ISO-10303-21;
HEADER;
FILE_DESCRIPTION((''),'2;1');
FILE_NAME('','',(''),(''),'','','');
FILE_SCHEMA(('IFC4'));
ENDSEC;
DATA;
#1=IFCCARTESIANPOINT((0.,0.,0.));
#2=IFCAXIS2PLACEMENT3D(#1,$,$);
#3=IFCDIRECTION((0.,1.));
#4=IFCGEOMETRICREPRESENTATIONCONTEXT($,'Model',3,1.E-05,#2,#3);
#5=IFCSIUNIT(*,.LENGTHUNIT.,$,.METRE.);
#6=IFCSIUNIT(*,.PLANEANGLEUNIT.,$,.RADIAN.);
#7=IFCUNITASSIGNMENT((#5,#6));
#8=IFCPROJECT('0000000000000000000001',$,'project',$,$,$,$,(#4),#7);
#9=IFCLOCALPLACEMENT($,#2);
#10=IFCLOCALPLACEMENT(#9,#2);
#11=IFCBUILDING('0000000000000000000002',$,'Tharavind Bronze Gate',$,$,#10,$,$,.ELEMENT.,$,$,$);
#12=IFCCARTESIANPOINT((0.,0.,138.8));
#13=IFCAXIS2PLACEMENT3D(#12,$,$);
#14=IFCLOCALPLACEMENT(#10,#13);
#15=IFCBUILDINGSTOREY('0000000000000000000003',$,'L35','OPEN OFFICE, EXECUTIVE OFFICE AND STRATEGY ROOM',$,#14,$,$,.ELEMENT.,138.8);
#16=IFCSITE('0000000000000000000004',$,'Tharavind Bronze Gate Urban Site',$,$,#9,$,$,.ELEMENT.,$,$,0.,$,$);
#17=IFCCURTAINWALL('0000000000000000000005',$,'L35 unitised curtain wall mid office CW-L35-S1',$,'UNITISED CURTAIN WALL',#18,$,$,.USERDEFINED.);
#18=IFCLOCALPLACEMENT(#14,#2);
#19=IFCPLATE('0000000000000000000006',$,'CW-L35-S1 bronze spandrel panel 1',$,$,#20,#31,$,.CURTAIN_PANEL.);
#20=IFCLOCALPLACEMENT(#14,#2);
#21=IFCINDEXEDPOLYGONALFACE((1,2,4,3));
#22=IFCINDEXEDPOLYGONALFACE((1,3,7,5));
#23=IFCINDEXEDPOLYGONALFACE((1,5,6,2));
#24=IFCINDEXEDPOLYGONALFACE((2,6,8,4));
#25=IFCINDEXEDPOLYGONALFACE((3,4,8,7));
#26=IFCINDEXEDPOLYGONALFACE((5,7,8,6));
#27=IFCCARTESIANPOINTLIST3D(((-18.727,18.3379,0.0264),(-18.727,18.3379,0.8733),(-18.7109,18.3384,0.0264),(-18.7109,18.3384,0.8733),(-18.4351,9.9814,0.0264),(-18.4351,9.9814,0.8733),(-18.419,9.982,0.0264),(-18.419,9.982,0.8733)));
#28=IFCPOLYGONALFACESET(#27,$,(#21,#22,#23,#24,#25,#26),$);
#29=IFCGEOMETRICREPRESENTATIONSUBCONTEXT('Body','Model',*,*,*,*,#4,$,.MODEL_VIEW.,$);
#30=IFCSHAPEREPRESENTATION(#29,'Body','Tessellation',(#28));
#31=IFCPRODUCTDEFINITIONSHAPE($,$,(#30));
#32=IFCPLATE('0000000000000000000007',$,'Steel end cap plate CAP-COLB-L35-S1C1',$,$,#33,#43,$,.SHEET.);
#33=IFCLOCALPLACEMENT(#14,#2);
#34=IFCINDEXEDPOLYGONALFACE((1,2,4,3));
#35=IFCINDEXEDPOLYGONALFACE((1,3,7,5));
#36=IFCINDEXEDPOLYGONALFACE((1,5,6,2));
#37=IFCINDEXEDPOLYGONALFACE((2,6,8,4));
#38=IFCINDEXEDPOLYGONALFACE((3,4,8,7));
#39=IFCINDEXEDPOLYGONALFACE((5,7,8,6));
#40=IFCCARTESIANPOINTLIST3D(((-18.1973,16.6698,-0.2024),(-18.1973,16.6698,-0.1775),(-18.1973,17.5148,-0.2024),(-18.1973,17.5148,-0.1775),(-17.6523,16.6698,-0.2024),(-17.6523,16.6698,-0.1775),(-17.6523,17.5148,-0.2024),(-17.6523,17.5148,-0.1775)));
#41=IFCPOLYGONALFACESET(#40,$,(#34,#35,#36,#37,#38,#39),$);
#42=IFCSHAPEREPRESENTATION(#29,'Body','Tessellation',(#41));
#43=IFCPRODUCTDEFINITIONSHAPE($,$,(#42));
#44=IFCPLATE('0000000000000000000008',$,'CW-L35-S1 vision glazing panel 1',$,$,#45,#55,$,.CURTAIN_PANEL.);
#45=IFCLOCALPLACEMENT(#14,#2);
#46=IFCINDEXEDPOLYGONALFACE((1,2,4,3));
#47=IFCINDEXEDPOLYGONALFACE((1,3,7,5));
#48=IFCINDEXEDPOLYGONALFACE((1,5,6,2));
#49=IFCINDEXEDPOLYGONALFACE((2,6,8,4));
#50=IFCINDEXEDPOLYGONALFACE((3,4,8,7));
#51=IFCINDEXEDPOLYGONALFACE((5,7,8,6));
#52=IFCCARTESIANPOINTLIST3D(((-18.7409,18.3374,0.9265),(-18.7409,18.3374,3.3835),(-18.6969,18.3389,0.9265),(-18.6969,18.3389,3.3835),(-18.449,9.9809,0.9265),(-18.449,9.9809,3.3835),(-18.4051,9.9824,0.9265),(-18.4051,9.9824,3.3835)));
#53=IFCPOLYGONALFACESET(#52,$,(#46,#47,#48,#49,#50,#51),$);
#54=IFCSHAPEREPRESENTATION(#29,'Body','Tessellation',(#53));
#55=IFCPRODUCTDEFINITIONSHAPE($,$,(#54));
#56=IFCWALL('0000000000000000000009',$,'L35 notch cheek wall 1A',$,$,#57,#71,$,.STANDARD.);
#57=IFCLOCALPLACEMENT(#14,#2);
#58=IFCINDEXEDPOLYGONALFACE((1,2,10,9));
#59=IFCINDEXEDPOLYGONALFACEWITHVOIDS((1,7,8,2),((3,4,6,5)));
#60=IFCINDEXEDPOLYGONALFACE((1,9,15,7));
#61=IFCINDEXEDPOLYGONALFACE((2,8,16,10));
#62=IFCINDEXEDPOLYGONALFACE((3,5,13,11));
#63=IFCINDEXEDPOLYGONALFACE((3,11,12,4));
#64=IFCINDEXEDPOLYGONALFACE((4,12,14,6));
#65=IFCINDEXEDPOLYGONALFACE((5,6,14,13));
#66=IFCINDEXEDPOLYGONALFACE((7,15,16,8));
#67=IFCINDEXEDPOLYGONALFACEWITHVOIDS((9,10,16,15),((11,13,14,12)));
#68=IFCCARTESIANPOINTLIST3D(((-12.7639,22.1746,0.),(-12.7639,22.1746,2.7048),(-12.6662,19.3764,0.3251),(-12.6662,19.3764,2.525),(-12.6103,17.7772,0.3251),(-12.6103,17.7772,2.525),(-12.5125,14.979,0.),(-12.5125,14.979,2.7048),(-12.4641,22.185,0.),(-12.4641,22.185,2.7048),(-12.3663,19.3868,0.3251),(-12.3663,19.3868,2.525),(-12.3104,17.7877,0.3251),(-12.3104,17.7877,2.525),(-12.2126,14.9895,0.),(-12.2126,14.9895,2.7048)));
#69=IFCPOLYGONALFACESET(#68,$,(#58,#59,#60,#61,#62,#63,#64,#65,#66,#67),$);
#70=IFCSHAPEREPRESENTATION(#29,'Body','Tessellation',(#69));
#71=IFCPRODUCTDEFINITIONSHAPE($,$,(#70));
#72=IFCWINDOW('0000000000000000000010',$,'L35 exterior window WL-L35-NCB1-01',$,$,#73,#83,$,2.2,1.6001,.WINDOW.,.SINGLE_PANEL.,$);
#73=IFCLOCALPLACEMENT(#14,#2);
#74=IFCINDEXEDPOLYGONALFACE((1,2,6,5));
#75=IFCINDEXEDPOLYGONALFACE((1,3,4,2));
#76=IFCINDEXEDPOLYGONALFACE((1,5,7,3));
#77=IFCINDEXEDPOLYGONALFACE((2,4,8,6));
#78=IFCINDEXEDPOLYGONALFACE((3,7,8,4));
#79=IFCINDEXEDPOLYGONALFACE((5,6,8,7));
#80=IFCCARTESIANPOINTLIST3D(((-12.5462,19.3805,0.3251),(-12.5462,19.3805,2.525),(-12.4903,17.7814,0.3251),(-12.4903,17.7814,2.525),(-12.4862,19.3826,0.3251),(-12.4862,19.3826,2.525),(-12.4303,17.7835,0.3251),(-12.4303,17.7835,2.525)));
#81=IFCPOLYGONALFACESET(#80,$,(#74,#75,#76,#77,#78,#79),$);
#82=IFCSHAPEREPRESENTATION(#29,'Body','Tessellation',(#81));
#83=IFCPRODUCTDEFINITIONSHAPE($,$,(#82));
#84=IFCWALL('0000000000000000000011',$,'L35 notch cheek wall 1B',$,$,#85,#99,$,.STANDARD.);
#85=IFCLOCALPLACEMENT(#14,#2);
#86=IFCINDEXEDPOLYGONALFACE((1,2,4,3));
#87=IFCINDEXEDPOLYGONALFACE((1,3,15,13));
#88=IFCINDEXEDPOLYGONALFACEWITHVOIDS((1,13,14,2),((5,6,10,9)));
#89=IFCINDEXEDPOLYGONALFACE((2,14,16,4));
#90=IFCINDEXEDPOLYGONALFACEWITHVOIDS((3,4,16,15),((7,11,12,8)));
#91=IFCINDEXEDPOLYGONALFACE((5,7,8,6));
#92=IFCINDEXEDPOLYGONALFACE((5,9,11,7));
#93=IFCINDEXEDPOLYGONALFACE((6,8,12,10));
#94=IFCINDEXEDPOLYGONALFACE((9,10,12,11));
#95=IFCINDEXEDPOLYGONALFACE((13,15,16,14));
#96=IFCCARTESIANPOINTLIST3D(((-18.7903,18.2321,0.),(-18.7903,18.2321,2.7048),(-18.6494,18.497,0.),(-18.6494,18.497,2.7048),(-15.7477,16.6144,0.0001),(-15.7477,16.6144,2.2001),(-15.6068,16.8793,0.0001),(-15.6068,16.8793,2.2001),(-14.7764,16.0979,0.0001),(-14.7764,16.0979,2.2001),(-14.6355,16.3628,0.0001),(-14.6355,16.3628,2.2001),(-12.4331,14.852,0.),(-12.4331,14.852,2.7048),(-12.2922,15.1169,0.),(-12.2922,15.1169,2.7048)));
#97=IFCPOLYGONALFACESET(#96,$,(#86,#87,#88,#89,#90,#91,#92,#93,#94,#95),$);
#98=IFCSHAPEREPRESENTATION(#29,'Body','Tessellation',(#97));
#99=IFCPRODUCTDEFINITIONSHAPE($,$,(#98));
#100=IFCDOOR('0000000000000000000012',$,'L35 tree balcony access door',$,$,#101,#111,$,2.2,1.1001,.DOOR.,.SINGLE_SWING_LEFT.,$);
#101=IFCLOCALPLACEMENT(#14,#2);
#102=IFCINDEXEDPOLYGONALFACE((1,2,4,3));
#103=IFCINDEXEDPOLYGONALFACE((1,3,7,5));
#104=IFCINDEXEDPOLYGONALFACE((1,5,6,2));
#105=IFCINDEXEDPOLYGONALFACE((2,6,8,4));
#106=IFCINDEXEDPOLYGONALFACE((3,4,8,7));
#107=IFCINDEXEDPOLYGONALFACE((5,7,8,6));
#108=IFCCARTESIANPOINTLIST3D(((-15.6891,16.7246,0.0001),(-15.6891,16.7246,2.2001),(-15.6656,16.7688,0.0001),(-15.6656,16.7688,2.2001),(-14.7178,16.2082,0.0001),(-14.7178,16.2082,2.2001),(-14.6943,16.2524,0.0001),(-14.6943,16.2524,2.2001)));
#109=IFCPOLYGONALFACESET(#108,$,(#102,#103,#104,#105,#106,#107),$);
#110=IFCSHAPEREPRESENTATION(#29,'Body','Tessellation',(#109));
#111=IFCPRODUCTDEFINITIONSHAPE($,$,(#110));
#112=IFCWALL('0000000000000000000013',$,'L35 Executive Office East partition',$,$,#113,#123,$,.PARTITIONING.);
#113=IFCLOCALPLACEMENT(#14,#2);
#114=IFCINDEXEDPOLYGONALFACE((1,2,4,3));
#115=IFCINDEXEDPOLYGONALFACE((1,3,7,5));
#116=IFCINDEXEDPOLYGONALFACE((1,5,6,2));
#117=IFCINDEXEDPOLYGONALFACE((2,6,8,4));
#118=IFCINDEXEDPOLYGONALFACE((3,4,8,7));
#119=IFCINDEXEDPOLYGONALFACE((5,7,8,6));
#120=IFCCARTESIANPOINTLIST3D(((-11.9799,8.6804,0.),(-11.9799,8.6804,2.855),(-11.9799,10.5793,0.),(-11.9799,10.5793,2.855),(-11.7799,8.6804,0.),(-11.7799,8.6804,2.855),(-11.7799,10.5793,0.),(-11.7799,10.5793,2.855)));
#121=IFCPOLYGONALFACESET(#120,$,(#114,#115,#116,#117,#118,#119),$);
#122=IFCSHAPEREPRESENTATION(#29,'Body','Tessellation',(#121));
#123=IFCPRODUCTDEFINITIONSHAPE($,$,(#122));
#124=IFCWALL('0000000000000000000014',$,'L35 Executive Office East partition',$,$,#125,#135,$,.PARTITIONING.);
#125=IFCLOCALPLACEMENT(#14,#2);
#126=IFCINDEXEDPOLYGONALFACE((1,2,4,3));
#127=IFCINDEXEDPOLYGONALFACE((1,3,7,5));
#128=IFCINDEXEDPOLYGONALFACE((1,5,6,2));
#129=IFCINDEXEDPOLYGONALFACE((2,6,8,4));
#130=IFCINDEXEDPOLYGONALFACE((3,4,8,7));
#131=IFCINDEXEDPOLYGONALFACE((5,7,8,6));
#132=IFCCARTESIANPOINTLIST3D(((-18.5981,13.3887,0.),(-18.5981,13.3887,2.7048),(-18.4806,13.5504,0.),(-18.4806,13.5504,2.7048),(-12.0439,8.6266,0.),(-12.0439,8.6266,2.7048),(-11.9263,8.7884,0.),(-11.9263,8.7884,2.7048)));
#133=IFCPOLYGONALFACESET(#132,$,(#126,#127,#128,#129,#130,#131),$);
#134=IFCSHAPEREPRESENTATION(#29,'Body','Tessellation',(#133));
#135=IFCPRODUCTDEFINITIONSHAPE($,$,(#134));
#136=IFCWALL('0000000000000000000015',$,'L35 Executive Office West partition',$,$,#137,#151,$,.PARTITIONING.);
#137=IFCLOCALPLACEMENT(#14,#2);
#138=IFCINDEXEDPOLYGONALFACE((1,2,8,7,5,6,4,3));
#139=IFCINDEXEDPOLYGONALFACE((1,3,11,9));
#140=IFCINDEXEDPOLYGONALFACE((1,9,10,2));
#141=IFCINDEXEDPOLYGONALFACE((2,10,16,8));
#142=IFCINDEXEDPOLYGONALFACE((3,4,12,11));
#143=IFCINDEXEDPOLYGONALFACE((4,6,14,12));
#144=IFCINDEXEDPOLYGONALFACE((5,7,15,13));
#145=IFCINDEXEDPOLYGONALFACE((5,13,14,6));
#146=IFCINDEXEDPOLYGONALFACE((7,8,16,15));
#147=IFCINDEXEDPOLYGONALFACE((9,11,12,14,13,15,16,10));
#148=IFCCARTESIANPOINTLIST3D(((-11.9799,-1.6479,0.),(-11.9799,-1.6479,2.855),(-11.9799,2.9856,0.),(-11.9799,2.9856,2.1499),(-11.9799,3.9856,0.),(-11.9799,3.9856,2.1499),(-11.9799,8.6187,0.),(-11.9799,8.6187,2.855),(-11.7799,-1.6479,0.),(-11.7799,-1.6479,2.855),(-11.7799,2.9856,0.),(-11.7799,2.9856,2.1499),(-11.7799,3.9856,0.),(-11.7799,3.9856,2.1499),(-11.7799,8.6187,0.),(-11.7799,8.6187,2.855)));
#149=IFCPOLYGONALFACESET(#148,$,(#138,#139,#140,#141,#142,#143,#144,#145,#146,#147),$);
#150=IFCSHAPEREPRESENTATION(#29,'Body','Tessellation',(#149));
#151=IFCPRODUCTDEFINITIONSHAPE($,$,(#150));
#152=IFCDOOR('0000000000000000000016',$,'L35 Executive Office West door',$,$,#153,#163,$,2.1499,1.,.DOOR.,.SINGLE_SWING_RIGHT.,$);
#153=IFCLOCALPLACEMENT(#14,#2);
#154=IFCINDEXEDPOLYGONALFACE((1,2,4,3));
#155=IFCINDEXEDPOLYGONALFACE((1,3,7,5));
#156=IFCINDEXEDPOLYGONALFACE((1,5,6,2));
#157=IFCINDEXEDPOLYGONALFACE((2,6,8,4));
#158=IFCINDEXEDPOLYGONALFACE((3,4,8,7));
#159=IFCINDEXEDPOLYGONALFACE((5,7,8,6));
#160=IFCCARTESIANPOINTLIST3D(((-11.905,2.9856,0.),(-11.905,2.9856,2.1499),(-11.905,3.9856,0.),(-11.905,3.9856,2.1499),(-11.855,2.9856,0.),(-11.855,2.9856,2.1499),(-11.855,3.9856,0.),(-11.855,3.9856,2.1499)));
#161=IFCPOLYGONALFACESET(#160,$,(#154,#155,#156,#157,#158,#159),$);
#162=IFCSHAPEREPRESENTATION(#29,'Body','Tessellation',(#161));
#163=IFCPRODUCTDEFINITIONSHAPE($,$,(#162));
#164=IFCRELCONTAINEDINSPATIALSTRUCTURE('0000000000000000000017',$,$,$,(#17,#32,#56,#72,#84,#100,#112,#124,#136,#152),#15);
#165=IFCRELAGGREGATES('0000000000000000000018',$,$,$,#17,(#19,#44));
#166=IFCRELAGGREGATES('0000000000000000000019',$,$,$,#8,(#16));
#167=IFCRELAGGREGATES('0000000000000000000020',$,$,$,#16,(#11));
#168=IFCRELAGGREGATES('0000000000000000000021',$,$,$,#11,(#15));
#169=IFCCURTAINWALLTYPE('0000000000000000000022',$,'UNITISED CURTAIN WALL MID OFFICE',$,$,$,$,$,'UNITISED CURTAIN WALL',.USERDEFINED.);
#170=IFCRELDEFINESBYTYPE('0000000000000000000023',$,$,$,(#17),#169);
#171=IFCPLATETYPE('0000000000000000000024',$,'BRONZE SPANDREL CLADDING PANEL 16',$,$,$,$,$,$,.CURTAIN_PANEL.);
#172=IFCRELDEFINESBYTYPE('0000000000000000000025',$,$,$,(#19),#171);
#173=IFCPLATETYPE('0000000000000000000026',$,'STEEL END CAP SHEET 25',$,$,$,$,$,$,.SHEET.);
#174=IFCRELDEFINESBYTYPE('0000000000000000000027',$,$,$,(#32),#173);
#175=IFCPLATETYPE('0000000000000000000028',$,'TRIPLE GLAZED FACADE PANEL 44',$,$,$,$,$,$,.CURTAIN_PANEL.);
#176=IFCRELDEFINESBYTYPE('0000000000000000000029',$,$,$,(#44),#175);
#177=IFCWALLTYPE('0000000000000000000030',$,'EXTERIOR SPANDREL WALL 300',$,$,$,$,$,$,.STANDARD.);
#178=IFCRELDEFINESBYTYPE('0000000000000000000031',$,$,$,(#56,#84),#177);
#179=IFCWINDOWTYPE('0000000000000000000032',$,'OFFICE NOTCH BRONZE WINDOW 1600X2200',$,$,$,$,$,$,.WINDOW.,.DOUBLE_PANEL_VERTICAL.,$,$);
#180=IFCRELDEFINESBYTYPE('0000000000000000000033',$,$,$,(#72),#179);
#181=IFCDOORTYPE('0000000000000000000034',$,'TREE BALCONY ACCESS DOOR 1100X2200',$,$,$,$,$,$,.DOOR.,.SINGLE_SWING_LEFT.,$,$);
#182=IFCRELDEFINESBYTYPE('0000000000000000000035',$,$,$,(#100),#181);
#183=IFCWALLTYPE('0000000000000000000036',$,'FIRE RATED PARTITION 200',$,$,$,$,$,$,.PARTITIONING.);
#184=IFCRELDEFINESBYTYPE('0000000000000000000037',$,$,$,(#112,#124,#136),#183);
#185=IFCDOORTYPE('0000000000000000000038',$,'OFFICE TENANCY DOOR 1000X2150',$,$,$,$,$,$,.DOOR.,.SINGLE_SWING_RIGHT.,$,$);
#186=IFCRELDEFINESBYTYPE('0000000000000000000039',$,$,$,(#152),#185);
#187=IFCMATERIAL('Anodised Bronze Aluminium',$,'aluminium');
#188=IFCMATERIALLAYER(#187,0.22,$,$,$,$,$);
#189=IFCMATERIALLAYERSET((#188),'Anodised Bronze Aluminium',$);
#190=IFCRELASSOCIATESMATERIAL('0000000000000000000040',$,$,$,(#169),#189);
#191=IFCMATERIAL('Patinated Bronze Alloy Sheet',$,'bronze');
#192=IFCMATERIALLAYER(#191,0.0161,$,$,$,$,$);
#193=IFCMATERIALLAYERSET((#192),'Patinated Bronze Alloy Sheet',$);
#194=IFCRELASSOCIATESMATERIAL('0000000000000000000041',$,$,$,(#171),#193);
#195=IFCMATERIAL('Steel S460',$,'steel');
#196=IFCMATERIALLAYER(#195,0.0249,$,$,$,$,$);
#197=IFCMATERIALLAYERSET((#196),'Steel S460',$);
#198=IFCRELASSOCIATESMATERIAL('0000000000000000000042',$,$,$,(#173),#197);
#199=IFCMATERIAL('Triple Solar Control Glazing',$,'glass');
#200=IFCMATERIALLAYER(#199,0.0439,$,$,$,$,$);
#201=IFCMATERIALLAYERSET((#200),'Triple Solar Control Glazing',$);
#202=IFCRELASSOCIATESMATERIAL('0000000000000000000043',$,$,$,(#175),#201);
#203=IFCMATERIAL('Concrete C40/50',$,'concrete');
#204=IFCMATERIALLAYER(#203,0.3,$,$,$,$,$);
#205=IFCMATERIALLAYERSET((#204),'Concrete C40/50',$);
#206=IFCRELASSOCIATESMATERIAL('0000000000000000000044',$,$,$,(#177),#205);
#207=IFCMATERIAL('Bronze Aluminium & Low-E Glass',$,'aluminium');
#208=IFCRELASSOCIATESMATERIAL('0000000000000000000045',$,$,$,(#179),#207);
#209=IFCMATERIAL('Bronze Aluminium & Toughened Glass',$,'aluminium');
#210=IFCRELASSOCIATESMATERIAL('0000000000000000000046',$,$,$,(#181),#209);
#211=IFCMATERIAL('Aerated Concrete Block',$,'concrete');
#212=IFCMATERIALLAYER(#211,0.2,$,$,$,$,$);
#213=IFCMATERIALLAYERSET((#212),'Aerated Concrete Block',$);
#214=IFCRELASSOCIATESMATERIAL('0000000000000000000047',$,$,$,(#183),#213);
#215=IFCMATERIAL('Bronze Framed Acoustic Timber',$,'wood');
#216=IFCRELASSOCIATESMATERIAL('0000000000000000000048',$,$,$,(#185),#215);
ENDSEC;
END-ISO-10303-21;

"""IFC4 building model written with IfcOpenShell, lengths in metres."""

from ifc_helpers import new_model, si_unit, direction, frame, frame_2d, origin, origin_2d, place, context, subcontext, project, spatial, rectangle, extrude, material, layer, layer_set, type_object, element, fill, aggregate, save


model = new_model("IFC4")

# Units and contexts
model_context = context("Model", 3, precision=1e-05, world=origin(), true_north=direction((0.0, 1.0)))
body_context = subcontext(model_context, "Body", "Model", "MODEL_VIEW")
ifc_project = project(units=[si_unit("LENGTHUNIT", "METRE"), si_unit("PLANEANGLEUNIT", "RADIAN")], contexts=[model_context])

# Site, building, storey
site_placement = place(None, origin())
site = spatial("IfcSite", under=ifc_project, at=site_placement, Name="Tharavind Bronze Gate Urban Site", CompositionType="ELEMENT", RefElevation=0.0)
building_placement = place(site_placement, origin())
building = spatial("IfcBuilding", under=site, at=building_placement, Name="Tharavind Bronze Gate", CompositionType="ELEMENT")
storey_placement = place(building_placement, frame((0.0, 0.0, 138.8)))
storey = spatial("IfcBuildingStorey", under=building, at=storey_placement, Name="L35", Description="OPEN OFFICE, EXECUTIVE OFFICE AND STRATEGY ROOM", CompositionType="ELEMENT", Elevation=138.8)

# Shared definitions
ifc_material_1 = material(Name="Steel S460", Category="steel")

# Curtain wall
ifc_material_2 = material(Name="Anodised Bronze Aluminium", Category="aluminium")
ifc_layer_1 = layer(ifc_material_2, 0.22)
ifc_layer_set_1 = layer_set([ifc_layer_1], Name="Anodised Bronze Aluminium")
curtain_wall_type = type_object("IfcCurtainWallType", Name="UNITISED CURTAIN WALL MID OFFICE", ElementType="UNITISED CURTAIN WALL", PredefinedType="USERDEFINED", material=ifc_layer_set_1)
curtain_wall_1_placement = place(storey_placement, origin())
curtain_wall_1 = element("IfcCurtainWall", 1, at=curtain_wall_1_placement, inside=storey, type_object=curtain_wall_type, Name="L35 unitised curtain wall mid office CW-L35-S1", ObjectType="UNITISED CURTAIN WALL", PredefinedType="USERDEFINED")

# Plates
ifc_material_3 = material(Name="Patinated Bronze Alloy Sheet", Category="bronze")
ifc_layer_2 = layer(ifc_material_3, 0.0161)
ifc_layer_set_2 = layer_set([ifc_layer_2], Name="Patinated Bronze Alloy Sheet")
plate_type_1 = type_object("IfcPlateType", Name="BRONZE SPANDREL CLADDING PANEL 16", PredefinedType="CURTAIN_PANEL", material=ifc_layer_set_2)
plate_1_placement = place(storey_placement, frame((-18.573, 14.1599, 0.0264), z_axis=(0.0, 0.0, 1.0), x_axis=(0.034899, -0.999391, 0.0)))
plate_1 = element("IfcPlate", 2, at=plate_1_placement, type_object=plate_type_1, Name="CW-L35-S1 bronze spandrel panel 1", PredefinedType="CURTAIN_PANEL", context=body_context, shape_type="SweptSolid", body=[
    extrude(rectangle(XDim=8.3616, YDim=0.0161, at=origin_2d()), origin(), (0.0, 0.0, 1.0), 0.8469),
])
ifc_layer_3 = layer(ifc_material_1, 0.0249)
ifc_layer_set_3 = layer_set([ifc_layer_3], Name="Steel S460")
plate_type_2 = type_object("IfcPlateType", Name="STEEL END CAP SHEET 25", PredefinedType="SHEET", material=ifc_layer_set_3)
plate_2_placement = place(storey_placement, frame((-17.9248, 17.0923, -0.2024), z_axis=(0.0, 0.0, 1.0), x_axis=(1.0, 0.0, 0.0)))
element("IfcPlate", 3, at=plate_2_placement, inside=storey, type_object=plate_type_2, Name="Steel end cap plate CAP-COLB-L35-S1C1", PredefinedType="SHEET", context=body_context, shape_type="SweptSolid", body=[
    extrude(rectangle(XDim=0.5449, YDim=0.845, at=origin_2d()), origin(), (0.0, 0.0, 1.0), 0.0249),
])
ifc_material_4 = material(Name="Triple Solar Control Glazing", Category="glass")
ifc_layer_4 = layer(ifc_material_4, 0.0439)
ifc_layer_set_4 = layer_set([ifc_layer_4], Name="Triple Solar Control Glazing")
plate_type_3 = type_object("IfcPlateType", Name="TRIPLE GLAZED FACADE PANEL 44", PredefinedType="CURTAIN_PANEL", material=ifc_layer_set_4)
plate_3_placement = place(storey_placement, frame((-18.573, 14.1599, 0.9265), z_axis=(0.0, 0.0, 1.0), x_axis=(0.034899, -0.999391, 0.0)))
plate_3 = element("IfcPlate", 4, at=plate_3_placement, type_object=plate_type_3, Name="CW-L35-S1 vision glazing panel 1", PredefinedType="CURTAIN_PANEL", context=body_context, shape_type="SweptSolid", body=[
    extrude(rectangle(XDim=8.3616, YDim=0.0439, at=origin_2d()), origin(), (0.0, 0.0, 1.0), 2.457),
])
aggregate(curtain_wall_1, [plate_1, plate_3])

# Wall, opening, window
ifc_material_5 = material(Name="Concrete C40/50", Category="concrete")
ifc_layer_5 = layer(ifc_material_5, 0.3)
ifc_layer_set_5 = layer_set([ifc_layer_5], Name="Concrete C40/50")
wall_type_1 = type_object("IfcWallType", Name="EXTERIOR SPANDREL WALL 300", PredefinedType="STANDARD", material=ifc_layer_set_5)
wall_1_placement = place(storey_placement, frame((-12.614, 22.1799, 0.0), z_axis=(0.0, 0.0, 1.0), x_axis=(0.034926, -0.99939, 0.0)))
wall_1 = element("IfcWall", 5, at=wall_1_placement, inside=storey, type_object=wall_type_1, Name="L35 notch cheek wall 1A", PredefinedType="STANDARD", context=body_context, shape_type="SweptSolid", body=[
    extrude(rectangle(XDim=7.2, YDim=0.3, at=frame_2d((3.6001, 0.0))), origin(), (0.0, 0.0, 1.0), 2.7048),
])
opening_1_placement = place(wall_1_placement, frame((2.8, 0.0, 0.325)))
opening_1 = element("IfcOpeningElement", 6, at=opening_1_placement, cuts=wall_1, PredefinedType="OPENING", context=body_context, shape_type="SweptSolid", body=[
    extrude(rectangle(XDim=1.6001, YDim=2.2, at=frame_2d((0.8, 1.1001))), frame((0.0, 0.1599, 0.0), z_axis=(0.0, -1.0, 0.0), x_axis=(1.0, 0.0, 0.0)), (0.0, 0.0, 1.0), 0.32),
])
ifc_material_6 = material(Name="Bronze Aluminium & Low-E Glass", Category="aluminium")
window_type = type_object("IfcWindowType", Name="OFFICE NOTCH BRONZE WINDOW 1600X2200", PartitioningType="DOUBLE_PANEL_VERTICAL", PredefinedType="WINDOW", material=ifc_material_6)
window_placement = place(opening_1_placement, origin())
window = element("IfcWindow", 7, at=window_placement, inside=storey, type_object=window_type, Name="L35 exterior window WL-L35-NCB1-01", OverallHeight=2.2, OverallWidth=1.6001, PartitioningType="SINGLE_PANEL", PredefinedType="WINDOW", context=body_context, shape_type="SweptSolid", body=[
    extrude(rectangle(XDim=1.6001, YDim=2.2, at=frame_2d((0.8, 1.1001))), frame((0.0, 0.03, 0.0), z_axis=(0.0, -1.0, 0.0), x_axis=(1.0, 0.0, 0.0)), (0.0, 0.0, 1.0), 0.0601),
])
fill(opening_1, window)

# Wall, opening, door
wall_2_placement = place(storey_placement, frame((-12.3625, 14.9844, 0.0), z_axis=(0.0, 0.0, 1.0), x_axis=(-0.88295, 0.469467, 0.0)))
wall_2 = element("IfcWall", 8, at=wall_2_placement, inside=storey, type_object=wall_type_1, Name="L35 notch cheek wall 1B", PredefinedType="STANDARD", context=body_context, shape_type="SweptSolid", body=[
    extrude(rectangle(XDim=7.2, YDim=0.3, at=frame_2d((3.6001, 0.0))), origin(), (0.0, 0.0, 1.0), 2.7048),
])
opening_2_placement = place(wall_2_placement, frame((2.6541, 0.0, 0.0)))
opening_2 = element("IfcOpeningElement", 9, at=opening_2_placement, cuts=wall_2, PredefinedType="OPENING", context=body_context, shape_type="SweptSolid", body=[
    extrude(rectangle(XDim=1.1001, YDim=2.2, at=frame_2d((0.55, 1.1001))), frame((0.0, 0.1599, 0.0), z_axis=(0.0, -1.0, 0.0), x_axis=(1.0, 0.0, 0.0)), (0.0, 0.0, 1.0), 0.32),
])
ifc_material_7 = material(Name="Bronze Aluminium & Toughened Glass", Category="aluminium")
door_type_1 = type_object("IfcDoorType", Name="TREE BALCONY ACCESS DOOR 1100X2200", OperationType="SINGLE_SWING_LEFT", PredefinedType="DOOR", material=ifc_material_7)
door_1_placement = place(opening_2_placement, frame((1.1001, 0.0, 0.0), z_axis=(0.0, 0.0, 1.0), x_axis=(-1.0, 0.0, 0.0)))
door_1 = element("IfcDoor", 10, at=door_1_placement, inside=storey, type_object=door_type_1, Name="L35 tree balcony access door", OperationType="SINGLE_SWING_LEFT", OverallHeight=2.2, OverallWidth=1.1001, PredefinedType="DOOR", context=body_context, shape_type="SweptSolid", body=[
    extrude(rectangle(XDim=1.1001, YDim=2.2, at=frame_2d((0.55, 1.1001))), frame((0.0, 0.0249, 0.0), z_axis=(0.0, -1.0, 0.0), x_axis=(1.0, 0.0, 0.0)), (0.0, 0.0, 1.0), 0.05),
])
fill(opening_2, door_1)

# Walls
ifc_material_8 = material(Name="Aerated Concrete Block", Category="concrete")
ifc_layer_6 = layer(ifc_material_8, 0.2)
ifc_layer_set_6 = layer_set([ifc_layer_6], Name="Aerated Concrete Block")
wall_type_2 = type_object("IfcWallType", Name="FIRE RATED PARTITION 200", PredefinedType="PARTITIONING", material=ifc_layer_set_6)
wall_3_placement = place(storey_placement, frame((-11.8799, 10.5793, 0.0), z_axis=(0.0, 0.0, 1.0), x_axis=(0.0, -1.0, 0.0)))
element("IfcWall", 11, at=wall_3_placement, inside=storey, type_object=wall_type_2, Name="L35 Executive Office East partition", PredefinedType="PARTITIONING", context=body_context, shape_type="SweptSolid", body=[
    extrude(rectangle(XDim=1.8989, YDim=0.2, at=frame_2d((0.9495, 0.0))), origin(), (0.0, 0.0, 1.0), 2.855),
])
wall_4_placement = place(storey_placement, frame((-11.9851, 8.7075, 0.0), z_axis=(0.0, 0.0, 1.0), x_axis=(-0.809014, 0.58779, 0.0)))
element("IfcWall", 12, at=wall_4_placement, inside=storey, type_object=wall_type_2, Name="L35 Executive Office East partition", PredefinedType="PARTITIONING", context=body_context, shape_type="SweptSolid", body=[
    extrude(rectangle(XDim=8.1016, YDim=0.2, at=frame_2d((4.0508, 0.0))), origin(), (0.0, 0.0, 1.0), 2.7048),
])

# Wall, opening, door
wall_5_placement = place(storey_placement, frame((-11.8799, 8.6187, 0.0), z_axis=(0.0, 0.0, 1.0), x_axis=(0.0, -1.0, 0.0)))
wall_5 = element("IfcWall", 13, at=wall_5_placement, inside=storey, type_object=wall_type_2, Name="L35 Executive Office West partition", PredefinedType="PARTITIONING", context=body_context, shape_type="SweptSolid", body=[
    extrude(rectangle(XDim=10.2666, YDim=0.2, at=frame_2d((5.1333, 0.0))), origin(), (0.0, 0.0, 1.0), 2.855),
])
opening_3_placement = place(wall_5_placement, frame((4.6331, 0.0, 0.0)))
opening_3 = element("IfcOpeningElement", 14, at=opening_3_placement, cuts=wall_5, PredefinedType="OPENING", context=body_context, shape_type="SweptSolid", body=[
    extrude(rectangle(XDim=1.0, YDim=2.1499, at=frame_2d((0.5, 1.075))), frame((0.0, 0.1101, 0.0), z_axis=(0.0, -1.0, 0.0), x_axis=(1.0, 0.0, 0.0)), (0.0, 0.0, 1.0), 0.22),
])
ifc_material_9 = material(Name="Bronze Framed Acoustic Timber", Category="wood")
door_type_2 = type_object("IfcDoorType", Name="OFFICE TENANCY DOOR 1000X2150", OperationType="SINGLE_SWING_RIGHT", PredefinedType="DOOR", material=ifc_material_9)
door_2_placement = place(opening_3_placement, origin())
door_2 = element("IfcDoor", 15, at=door_2_placement, inside=storey, type_object=door_type_2, Name="L35 Executive Office West door", OperationType="SINGLE_SWING_RIGHT", OverallHeight=2.1499, OverallWidth=1.0, PredefinedType="DOOR", context=body_context, shape_type="SweptSolid", body=[
    extrude(rectangle(XDim=1.0, YDim=2.1499, at=frame_2d((0.5, 1.075))), frame((0.0, 0.0249, 0.0), z_axis=(0.0, -1.0, 0.0), x_axis=(1.0, 0.0, 0.0)), (0.0, 0.0, 1.0), 0.05),
])
fill(opening_3, door_2)

save(model, "model.ifc")
